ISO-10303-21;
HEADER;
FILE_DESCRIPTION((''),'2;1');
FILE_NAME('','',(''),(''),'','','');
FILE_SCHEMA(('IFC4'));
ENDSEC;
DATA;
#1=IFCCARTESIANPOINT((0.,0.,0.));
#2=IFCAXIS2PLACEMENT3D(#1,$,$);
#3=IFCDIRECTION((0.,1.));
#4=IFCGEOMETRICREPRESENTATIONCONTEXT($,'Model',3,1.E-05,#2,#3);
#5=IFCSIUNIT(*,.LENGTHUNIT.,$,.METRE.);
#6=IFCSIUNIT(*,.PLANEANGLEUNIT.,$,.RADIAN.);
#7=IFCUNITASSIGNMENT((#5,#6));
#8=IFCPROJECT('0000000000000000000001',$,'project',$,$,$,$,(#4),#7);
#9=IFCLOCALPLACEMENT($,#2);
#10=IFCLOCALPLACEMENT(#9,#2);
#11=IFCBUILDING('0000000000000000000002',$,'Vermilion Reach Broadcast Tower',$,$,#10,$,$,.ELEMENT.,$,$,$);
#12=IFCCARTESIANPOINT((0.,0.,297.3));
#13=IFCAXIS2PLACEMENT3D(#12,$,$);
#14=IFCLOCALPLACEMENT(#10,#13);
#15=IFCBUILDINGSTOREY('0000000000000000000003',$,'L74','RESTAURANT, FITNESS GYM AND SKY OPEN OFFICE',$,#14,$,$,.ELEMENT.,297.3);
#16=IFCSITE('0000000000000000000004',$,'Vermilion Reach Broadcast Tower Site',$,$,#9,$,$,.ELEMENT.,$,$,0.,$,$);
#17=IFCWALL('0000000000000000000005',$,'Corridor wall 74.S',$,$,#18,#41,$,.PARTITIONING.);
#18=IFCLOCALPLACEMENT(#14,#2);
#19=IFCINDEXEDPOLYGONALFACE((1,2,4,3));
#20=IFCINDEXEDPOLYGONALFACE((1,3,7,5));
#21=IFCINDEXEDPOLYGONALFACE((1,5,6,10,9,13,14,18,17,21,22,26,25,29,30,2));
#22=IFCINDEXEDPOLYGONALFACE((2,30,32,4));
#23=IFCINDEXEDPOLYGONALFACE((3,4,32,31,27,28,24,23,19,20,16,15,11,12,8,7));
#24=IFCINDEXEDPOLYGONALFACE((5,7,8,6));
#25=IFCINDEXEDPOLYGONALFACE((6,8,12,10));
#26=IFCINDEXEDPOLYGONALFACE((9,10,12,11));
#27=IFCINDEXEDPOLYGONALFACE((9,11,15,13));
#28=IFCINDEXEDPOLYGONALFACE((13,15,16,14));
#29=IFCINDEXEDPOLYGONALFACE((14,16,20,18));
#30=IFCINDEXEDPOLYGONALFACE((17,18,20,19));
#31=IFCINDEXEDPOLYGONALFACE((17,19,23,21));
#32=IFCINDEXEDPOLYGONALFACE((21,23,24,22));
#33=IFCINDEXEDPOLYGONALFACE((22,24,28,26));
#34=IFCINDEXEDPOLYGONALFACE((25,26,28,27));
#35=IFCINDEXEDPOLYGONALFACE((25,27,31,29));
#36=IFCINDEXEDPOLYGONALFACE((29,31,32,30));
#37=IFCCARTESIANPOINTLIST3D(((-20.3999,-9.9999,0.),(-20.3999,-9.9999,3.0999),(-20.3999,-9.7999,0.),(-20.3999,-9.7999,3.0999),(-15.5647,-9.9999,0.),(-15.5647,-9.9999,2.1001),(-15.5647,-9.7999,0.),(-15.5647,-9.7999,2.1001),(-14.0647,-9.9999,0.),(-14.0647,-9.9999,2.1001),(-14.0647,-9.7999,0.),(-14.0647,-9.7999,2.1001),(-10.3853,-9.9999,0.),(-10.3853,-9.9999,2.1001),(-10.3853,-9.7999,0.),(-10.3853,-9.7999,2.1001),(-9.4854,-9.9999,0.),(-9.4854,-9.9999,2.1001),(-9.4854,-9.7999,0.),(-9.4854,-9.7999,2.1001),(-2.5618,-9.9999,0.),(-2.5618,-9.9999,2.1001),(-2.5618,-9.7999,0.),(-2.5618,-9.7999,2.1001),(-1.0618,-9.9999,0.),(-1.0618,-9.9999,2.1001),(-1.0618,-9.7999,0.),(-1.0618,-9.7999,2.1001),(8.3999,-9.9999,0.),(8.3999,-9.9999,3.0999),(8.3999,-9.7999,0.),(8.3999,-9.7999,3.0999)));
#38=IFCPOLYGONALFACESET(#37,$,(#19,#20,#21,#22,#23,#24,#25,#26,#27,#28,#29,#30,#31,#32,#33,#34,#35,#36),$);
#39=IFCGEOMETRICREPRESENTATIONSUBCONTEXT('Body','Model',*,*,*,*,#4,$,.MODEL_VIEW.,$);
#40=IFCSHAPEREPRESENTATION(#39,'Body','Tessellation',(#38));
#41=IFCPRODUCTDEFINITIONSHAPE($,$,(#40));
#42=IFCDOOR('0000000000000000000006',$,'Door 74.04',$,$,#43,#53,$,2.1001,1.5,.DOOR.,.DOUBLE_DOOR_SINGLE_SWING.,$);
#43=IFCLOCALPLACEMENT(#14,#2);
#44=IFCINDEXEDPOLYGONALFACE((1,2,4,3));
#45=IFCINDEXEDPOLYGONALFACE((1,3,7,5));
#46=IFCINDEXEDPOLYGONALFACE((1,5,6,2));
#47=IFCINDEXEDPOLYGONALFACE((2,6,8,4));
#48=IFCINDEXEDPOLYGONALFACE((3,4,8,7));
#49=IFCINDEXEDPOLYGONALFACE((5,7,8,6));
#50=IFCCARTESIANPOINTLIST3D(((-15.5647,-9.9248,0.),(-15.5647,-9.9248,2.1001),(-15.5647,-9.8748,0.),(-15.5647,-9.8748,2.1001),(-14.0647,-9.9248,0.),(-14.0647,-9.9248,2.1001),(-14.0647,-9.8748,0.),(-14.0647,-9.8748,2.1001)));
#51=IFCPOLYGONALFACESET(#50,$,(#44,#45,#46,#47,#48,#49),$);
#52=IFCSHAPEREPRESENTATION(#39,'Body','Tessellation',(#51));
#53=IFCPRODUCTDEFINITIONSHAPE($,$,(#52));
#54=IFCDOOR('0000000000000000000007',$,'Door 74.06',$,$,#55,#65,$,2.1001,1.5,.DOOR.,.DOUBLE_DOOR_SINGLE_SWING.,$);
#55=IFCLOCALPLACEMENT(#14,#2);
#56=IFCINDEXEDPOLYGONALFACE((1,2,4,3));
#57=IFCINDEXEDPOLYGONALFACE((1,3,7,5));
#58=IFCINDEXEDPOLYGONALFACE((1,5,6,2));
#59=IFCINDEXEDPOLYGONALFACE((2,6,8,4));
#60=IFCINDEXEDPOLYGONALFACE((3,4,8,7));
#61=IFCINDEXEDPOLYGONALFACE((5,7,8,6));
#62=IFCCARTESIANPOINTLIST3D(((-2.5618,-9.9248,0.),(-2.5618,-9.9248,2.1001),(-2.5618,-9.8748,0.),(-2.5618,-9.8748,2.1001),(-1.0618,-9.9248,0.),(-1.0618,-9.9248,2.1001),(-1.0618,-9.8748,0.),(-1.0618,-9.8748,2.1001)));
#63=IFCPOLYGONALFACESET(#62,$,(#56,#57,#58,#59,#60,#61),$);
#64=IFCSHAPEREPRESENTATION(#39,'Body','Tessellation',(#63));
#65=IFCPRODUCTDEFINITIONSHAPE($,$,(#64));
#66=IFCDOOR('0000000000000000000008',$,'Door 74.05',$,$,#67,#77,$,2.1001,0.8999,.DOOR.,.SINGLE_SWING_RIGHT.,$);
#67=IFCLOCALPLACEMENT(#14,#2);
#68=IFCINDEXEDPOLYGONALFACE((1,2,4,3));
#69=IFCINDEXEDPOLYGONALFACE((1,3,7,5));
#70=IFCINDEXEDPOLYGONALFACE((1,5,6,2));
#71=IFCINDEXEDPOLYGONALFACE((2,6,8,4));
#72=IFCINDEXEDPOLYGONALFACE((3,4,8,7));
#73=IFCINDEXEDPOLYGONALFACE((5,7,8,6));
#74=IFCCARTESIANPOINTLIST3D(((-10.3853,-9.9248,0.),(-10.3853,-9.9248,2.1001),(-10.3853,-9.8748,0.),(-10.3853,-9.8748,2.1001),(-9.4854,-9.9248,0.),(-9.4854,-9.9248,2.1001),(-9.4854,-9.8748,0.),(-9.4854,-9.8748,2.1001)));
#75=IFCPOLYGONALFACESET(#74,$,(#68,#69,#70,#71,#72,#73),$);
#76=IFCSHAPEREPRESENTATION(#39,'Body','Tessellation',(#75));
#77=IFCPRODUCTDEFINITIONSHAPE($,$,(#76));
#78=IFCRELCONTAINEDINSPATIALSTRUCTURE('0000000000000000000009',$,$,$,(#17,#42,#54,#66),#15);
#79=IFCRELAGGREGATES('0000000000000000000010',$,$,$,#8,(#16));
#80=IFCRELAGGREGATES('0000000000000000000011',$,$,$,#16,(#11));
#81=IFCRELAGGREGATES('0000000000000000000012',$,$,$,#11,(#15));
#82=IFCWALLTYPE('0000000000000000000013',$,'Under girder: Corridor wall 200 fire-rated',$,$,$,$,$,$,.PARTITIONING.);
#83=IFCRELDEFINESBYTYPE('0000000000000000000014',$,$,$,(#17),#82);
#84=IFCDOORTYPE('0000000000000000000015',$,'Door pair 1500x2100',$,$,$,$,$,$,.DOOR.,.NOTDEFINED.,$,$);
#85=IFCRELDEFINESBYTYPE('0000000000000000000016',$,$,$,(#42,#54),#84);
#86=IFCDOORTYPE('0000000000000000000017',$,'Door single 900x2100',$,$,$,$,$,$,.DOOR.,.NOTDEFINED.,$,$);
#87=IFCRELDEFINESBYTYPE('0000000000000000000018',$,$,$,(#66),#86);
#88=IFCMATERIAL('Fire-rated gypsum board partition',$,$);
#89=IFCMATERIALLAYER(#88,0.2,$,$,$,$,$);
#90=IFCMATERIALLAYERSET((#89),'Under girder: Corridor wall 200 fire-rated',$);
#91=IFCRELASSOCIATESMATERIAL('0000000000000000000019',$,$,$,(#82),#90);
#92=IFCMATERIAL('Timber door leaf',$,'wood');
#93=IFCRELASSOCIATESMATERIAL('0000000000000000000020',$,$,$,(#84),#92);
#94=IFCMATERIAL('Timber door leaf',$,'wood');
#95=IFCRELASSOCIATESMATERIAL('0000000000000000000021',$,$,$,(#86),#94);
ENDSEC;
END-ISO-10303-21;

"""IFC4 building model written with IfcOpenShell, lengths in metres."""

from ifc_helpers import new_model, si_unit, direction, frame, frame_2d, origin, place, context, subcontext, project, spatial, rectangle, extrude, material, layer, layer_set, type_object, element, fill, save


model = new_model("IFC4")

# Units and contexts
model_context = context("Model", 3, precision=1e-05, world=origin(), true_north=direction((0.0, 1.0)))
body_context = subcontext(model_context, "Body", "Model", "MODEL_VIEW")
ifc_project = project(units=[si_unit("LENGTHUNIT", "METRE"), si_unit("PLANEANGLEUNIT", "RADIAN")], contexts=[model_context])

# Site, building, storey
site_placement = place(None, origin())
site = spatial("IfcSite", under=ifc_project, at=site_placement, Name="Vermilion Reach Broadcast Tower Site", CompositionType="ELEMENT", RefElevation=0.0)
building_placement = place(site_placement, origin())
building = spatial("IfcBuilding", under=site, at=building_placement, Name="Vermilion Reach Broadcast Tower", CompositionType="ELEMENT")
storey_placement = place(building_placement, frame((0.0, 0.0, 297.3)))
storey = spatial("IfcBuildingStorey", under=building, at=storey_placement, Name="L74", Description="RESTAURANT, FITNESS GYM AND SKY OPEN OFFICE", CompositionType="ELEMENT", Elevation=297.3)

# Wall, openings, doors
ifc_material_1 = material(Name="Fire-rated gypsum board partition")
ifc_layer_1 = layer(ifc_material_1, 0.2)
ifc_layer_set_1 = layer_set([ifc_layer_1], Name="Under girder: Corridor wall 200 fire-rated")
wall_type_1 = type_object("IfcWallType", Name="Under girder: Corridor wall 200 fire-rated", PredefinedType="PARTITIONING", material=ifc_layer_set_1)
wall_1_placement = place(storey_placement, frame((8.3999, -9.8999, 0.0), z_axis=(0.0, 0.0, 1.0), x_axis=(-1.0, 0.0, 0.0)))
wall_1 = element("IfcWall", 1, at=wall_1_placement, inside=storey, type_object=wall_type_1, Name="Corridor wall 74.S", PredefinedType="PARTITIONING", context=body_context, shape_type="SweptSolid", body=[
    extrude(rectangle(XDim=28.7998, YDim=0.2, at=frame_2d((14.3999, 0.0))), origin(), (0.0, 0.0, 1.0), 3.0999),
])
opening_1_placement = place(wall_1_placement, frame((22.4646, 0.0, 0.0)))
opening_1 = element("IfcOpeningElement", 2, at=opening_1_placement, cuts=wall_1, PredefinedType="OPENING", context=body_context, shape_type="SweptSolid", body=[
    extrude(rectangle(XDim=1.5, YDim=2.1001, at=frame_2d((0.75, 1.05))), frame((0.0, 0.1099, 0.0), z_axis=(0.0, -1.0, 0.0), x_axis=(1.0, 0.0, 0.0)), (0.0, 0.0, 1.0), 0.22),
])
opening_2_placement = place(wall_1_placement, frame((17.8853, 0.0, 0.0)))
opening_2 = element("IfcOpeningElement", 3, at=opening_2_placement, cuts=wall_1, PredefinedType="OPENING", context=body_context, shape_type="SweptSolid", body=[
    extrude(rectangle(XDim=0.8999, YDim=2.1001, at=frame_2d((0.45, 1.05))), frame((0.0, 0.1099, 0.0), z_axis=(0.0, -1.0, 0.0), x_axis=(1.0, 0.0, 0.0)), (0.0, 0.0, 1.0), 0.22),
])
opening_3_placement = place(wall_1_placement, frame((9.4617, 0.0, 0.0)))
opening_3 = element("IfcOpeningElement", 4, at=opening_3_placement, cuts=wall_1, PredefinedType="OPENING", context=body_context, shape_type="SweptSolid", body=[
    extrude(rectangle(XDim=1.5, YDim=2.1001, at=frame_2d((0.75, 1.05))), frame((0.0, 0.1099, 0.0), z_axis=(0.0, -1.0, 0.0), x_axis=(1.0, 0.0, 0.0)), (0.0, 0.0, 1.0), 0.22),
])
ifc_material_2 = material(Name="Timber door leaf", Category="wood")
door_type_1 = type_object("IfcDoorType", Name="Door pair 1500x2100", OperationType="NOTDEFINED", PredefinedType="DOOR", material=ifc_material_2)
door_1_placement = place(opening_1_placement, origin())
door_1 = element("IfcDoor", 5, at=door_1_placement, inside=storey, type_object=door_type_1, Name="Door 74.04", OperationType="DOUBLE_DOOR_SINGLE_SWING", OverallHeight=2.1001, OverallWidth=1.5, PredefinedType="DOOR", context=body_context, shape_type="SweptSolid", body=[
    extrude(rectangle(XDim=1.5, YDim=2.1001, at=frame_2d((0.75, 1.05))), frame((0.0, 0.0249, 0.0), z_axis=(0.0, -1.0, 0.0), x_axis=(1.0, 0.0, 0.0)), (0.0, 0.0, 1.0), 0.05),
])
fill(opening_1, door_1)
door_2_placement = place(opening_3_placement, origin())
door_2 = element("IfcDoor", 6, at=door_2_placement, inside=storey, type_object=door_type_1, Name="Door 74.06", OperationType="DOUBLE_DOOR_SINGLE_SWING", OverallHeight=2.1001, OverallWidth=1.5, PredefinedType="DOOR", context=body_context, shape_type="SweptSolid", body=[
    extrude(rectangle(XDim=1.5, YDim=2.1001, at=frame_2d((0.75, 1.05))), frame((0.0, 0.0249, 0.0), z_axis=(0.0, -1.0, 0.0), x_axis=(1.0, 0.0, 0.0)), (0.0, 0.0, 1.0), 0.05),
])
fill(opening_3, door_2)
ifc_material_3 = material(Name="Timber door leaf", Category="wood")
door_type_2 = type_object("IfcDoorType", Name="Door single 900x2100", OperationType="NOTDEFINED", PredefinedType="DOOR", material=ifc_material_3)
door_3_placement = place(opening_2_placement, origin())
door_3 = element("IfcDoor", 7, at=door_3_placement, inside=storey, type_object=door_type_2, Name="Door 74.05", OperationType="SINGLE_SWING_RIGHT", OverallHeight=2.1001, OverallWidth=0.8999, PredefinedType="DOOR", context=body_context, shape_type="SweptSolid", body=[
    extrude(rectangle(XDim=0.8999, YDim=2.1001, at=frame_2d((0.45, 1.05))), frame((0.0, 0.0249, 0.0), z_axis=(0.0, -1.0, 0.0), x_axis=(1.0, 0.0, 0.0)), (0.0, 0.0, 1.0), 0.05),
])
fill(opening_2, door_3)

save(model, "model.ifc")
